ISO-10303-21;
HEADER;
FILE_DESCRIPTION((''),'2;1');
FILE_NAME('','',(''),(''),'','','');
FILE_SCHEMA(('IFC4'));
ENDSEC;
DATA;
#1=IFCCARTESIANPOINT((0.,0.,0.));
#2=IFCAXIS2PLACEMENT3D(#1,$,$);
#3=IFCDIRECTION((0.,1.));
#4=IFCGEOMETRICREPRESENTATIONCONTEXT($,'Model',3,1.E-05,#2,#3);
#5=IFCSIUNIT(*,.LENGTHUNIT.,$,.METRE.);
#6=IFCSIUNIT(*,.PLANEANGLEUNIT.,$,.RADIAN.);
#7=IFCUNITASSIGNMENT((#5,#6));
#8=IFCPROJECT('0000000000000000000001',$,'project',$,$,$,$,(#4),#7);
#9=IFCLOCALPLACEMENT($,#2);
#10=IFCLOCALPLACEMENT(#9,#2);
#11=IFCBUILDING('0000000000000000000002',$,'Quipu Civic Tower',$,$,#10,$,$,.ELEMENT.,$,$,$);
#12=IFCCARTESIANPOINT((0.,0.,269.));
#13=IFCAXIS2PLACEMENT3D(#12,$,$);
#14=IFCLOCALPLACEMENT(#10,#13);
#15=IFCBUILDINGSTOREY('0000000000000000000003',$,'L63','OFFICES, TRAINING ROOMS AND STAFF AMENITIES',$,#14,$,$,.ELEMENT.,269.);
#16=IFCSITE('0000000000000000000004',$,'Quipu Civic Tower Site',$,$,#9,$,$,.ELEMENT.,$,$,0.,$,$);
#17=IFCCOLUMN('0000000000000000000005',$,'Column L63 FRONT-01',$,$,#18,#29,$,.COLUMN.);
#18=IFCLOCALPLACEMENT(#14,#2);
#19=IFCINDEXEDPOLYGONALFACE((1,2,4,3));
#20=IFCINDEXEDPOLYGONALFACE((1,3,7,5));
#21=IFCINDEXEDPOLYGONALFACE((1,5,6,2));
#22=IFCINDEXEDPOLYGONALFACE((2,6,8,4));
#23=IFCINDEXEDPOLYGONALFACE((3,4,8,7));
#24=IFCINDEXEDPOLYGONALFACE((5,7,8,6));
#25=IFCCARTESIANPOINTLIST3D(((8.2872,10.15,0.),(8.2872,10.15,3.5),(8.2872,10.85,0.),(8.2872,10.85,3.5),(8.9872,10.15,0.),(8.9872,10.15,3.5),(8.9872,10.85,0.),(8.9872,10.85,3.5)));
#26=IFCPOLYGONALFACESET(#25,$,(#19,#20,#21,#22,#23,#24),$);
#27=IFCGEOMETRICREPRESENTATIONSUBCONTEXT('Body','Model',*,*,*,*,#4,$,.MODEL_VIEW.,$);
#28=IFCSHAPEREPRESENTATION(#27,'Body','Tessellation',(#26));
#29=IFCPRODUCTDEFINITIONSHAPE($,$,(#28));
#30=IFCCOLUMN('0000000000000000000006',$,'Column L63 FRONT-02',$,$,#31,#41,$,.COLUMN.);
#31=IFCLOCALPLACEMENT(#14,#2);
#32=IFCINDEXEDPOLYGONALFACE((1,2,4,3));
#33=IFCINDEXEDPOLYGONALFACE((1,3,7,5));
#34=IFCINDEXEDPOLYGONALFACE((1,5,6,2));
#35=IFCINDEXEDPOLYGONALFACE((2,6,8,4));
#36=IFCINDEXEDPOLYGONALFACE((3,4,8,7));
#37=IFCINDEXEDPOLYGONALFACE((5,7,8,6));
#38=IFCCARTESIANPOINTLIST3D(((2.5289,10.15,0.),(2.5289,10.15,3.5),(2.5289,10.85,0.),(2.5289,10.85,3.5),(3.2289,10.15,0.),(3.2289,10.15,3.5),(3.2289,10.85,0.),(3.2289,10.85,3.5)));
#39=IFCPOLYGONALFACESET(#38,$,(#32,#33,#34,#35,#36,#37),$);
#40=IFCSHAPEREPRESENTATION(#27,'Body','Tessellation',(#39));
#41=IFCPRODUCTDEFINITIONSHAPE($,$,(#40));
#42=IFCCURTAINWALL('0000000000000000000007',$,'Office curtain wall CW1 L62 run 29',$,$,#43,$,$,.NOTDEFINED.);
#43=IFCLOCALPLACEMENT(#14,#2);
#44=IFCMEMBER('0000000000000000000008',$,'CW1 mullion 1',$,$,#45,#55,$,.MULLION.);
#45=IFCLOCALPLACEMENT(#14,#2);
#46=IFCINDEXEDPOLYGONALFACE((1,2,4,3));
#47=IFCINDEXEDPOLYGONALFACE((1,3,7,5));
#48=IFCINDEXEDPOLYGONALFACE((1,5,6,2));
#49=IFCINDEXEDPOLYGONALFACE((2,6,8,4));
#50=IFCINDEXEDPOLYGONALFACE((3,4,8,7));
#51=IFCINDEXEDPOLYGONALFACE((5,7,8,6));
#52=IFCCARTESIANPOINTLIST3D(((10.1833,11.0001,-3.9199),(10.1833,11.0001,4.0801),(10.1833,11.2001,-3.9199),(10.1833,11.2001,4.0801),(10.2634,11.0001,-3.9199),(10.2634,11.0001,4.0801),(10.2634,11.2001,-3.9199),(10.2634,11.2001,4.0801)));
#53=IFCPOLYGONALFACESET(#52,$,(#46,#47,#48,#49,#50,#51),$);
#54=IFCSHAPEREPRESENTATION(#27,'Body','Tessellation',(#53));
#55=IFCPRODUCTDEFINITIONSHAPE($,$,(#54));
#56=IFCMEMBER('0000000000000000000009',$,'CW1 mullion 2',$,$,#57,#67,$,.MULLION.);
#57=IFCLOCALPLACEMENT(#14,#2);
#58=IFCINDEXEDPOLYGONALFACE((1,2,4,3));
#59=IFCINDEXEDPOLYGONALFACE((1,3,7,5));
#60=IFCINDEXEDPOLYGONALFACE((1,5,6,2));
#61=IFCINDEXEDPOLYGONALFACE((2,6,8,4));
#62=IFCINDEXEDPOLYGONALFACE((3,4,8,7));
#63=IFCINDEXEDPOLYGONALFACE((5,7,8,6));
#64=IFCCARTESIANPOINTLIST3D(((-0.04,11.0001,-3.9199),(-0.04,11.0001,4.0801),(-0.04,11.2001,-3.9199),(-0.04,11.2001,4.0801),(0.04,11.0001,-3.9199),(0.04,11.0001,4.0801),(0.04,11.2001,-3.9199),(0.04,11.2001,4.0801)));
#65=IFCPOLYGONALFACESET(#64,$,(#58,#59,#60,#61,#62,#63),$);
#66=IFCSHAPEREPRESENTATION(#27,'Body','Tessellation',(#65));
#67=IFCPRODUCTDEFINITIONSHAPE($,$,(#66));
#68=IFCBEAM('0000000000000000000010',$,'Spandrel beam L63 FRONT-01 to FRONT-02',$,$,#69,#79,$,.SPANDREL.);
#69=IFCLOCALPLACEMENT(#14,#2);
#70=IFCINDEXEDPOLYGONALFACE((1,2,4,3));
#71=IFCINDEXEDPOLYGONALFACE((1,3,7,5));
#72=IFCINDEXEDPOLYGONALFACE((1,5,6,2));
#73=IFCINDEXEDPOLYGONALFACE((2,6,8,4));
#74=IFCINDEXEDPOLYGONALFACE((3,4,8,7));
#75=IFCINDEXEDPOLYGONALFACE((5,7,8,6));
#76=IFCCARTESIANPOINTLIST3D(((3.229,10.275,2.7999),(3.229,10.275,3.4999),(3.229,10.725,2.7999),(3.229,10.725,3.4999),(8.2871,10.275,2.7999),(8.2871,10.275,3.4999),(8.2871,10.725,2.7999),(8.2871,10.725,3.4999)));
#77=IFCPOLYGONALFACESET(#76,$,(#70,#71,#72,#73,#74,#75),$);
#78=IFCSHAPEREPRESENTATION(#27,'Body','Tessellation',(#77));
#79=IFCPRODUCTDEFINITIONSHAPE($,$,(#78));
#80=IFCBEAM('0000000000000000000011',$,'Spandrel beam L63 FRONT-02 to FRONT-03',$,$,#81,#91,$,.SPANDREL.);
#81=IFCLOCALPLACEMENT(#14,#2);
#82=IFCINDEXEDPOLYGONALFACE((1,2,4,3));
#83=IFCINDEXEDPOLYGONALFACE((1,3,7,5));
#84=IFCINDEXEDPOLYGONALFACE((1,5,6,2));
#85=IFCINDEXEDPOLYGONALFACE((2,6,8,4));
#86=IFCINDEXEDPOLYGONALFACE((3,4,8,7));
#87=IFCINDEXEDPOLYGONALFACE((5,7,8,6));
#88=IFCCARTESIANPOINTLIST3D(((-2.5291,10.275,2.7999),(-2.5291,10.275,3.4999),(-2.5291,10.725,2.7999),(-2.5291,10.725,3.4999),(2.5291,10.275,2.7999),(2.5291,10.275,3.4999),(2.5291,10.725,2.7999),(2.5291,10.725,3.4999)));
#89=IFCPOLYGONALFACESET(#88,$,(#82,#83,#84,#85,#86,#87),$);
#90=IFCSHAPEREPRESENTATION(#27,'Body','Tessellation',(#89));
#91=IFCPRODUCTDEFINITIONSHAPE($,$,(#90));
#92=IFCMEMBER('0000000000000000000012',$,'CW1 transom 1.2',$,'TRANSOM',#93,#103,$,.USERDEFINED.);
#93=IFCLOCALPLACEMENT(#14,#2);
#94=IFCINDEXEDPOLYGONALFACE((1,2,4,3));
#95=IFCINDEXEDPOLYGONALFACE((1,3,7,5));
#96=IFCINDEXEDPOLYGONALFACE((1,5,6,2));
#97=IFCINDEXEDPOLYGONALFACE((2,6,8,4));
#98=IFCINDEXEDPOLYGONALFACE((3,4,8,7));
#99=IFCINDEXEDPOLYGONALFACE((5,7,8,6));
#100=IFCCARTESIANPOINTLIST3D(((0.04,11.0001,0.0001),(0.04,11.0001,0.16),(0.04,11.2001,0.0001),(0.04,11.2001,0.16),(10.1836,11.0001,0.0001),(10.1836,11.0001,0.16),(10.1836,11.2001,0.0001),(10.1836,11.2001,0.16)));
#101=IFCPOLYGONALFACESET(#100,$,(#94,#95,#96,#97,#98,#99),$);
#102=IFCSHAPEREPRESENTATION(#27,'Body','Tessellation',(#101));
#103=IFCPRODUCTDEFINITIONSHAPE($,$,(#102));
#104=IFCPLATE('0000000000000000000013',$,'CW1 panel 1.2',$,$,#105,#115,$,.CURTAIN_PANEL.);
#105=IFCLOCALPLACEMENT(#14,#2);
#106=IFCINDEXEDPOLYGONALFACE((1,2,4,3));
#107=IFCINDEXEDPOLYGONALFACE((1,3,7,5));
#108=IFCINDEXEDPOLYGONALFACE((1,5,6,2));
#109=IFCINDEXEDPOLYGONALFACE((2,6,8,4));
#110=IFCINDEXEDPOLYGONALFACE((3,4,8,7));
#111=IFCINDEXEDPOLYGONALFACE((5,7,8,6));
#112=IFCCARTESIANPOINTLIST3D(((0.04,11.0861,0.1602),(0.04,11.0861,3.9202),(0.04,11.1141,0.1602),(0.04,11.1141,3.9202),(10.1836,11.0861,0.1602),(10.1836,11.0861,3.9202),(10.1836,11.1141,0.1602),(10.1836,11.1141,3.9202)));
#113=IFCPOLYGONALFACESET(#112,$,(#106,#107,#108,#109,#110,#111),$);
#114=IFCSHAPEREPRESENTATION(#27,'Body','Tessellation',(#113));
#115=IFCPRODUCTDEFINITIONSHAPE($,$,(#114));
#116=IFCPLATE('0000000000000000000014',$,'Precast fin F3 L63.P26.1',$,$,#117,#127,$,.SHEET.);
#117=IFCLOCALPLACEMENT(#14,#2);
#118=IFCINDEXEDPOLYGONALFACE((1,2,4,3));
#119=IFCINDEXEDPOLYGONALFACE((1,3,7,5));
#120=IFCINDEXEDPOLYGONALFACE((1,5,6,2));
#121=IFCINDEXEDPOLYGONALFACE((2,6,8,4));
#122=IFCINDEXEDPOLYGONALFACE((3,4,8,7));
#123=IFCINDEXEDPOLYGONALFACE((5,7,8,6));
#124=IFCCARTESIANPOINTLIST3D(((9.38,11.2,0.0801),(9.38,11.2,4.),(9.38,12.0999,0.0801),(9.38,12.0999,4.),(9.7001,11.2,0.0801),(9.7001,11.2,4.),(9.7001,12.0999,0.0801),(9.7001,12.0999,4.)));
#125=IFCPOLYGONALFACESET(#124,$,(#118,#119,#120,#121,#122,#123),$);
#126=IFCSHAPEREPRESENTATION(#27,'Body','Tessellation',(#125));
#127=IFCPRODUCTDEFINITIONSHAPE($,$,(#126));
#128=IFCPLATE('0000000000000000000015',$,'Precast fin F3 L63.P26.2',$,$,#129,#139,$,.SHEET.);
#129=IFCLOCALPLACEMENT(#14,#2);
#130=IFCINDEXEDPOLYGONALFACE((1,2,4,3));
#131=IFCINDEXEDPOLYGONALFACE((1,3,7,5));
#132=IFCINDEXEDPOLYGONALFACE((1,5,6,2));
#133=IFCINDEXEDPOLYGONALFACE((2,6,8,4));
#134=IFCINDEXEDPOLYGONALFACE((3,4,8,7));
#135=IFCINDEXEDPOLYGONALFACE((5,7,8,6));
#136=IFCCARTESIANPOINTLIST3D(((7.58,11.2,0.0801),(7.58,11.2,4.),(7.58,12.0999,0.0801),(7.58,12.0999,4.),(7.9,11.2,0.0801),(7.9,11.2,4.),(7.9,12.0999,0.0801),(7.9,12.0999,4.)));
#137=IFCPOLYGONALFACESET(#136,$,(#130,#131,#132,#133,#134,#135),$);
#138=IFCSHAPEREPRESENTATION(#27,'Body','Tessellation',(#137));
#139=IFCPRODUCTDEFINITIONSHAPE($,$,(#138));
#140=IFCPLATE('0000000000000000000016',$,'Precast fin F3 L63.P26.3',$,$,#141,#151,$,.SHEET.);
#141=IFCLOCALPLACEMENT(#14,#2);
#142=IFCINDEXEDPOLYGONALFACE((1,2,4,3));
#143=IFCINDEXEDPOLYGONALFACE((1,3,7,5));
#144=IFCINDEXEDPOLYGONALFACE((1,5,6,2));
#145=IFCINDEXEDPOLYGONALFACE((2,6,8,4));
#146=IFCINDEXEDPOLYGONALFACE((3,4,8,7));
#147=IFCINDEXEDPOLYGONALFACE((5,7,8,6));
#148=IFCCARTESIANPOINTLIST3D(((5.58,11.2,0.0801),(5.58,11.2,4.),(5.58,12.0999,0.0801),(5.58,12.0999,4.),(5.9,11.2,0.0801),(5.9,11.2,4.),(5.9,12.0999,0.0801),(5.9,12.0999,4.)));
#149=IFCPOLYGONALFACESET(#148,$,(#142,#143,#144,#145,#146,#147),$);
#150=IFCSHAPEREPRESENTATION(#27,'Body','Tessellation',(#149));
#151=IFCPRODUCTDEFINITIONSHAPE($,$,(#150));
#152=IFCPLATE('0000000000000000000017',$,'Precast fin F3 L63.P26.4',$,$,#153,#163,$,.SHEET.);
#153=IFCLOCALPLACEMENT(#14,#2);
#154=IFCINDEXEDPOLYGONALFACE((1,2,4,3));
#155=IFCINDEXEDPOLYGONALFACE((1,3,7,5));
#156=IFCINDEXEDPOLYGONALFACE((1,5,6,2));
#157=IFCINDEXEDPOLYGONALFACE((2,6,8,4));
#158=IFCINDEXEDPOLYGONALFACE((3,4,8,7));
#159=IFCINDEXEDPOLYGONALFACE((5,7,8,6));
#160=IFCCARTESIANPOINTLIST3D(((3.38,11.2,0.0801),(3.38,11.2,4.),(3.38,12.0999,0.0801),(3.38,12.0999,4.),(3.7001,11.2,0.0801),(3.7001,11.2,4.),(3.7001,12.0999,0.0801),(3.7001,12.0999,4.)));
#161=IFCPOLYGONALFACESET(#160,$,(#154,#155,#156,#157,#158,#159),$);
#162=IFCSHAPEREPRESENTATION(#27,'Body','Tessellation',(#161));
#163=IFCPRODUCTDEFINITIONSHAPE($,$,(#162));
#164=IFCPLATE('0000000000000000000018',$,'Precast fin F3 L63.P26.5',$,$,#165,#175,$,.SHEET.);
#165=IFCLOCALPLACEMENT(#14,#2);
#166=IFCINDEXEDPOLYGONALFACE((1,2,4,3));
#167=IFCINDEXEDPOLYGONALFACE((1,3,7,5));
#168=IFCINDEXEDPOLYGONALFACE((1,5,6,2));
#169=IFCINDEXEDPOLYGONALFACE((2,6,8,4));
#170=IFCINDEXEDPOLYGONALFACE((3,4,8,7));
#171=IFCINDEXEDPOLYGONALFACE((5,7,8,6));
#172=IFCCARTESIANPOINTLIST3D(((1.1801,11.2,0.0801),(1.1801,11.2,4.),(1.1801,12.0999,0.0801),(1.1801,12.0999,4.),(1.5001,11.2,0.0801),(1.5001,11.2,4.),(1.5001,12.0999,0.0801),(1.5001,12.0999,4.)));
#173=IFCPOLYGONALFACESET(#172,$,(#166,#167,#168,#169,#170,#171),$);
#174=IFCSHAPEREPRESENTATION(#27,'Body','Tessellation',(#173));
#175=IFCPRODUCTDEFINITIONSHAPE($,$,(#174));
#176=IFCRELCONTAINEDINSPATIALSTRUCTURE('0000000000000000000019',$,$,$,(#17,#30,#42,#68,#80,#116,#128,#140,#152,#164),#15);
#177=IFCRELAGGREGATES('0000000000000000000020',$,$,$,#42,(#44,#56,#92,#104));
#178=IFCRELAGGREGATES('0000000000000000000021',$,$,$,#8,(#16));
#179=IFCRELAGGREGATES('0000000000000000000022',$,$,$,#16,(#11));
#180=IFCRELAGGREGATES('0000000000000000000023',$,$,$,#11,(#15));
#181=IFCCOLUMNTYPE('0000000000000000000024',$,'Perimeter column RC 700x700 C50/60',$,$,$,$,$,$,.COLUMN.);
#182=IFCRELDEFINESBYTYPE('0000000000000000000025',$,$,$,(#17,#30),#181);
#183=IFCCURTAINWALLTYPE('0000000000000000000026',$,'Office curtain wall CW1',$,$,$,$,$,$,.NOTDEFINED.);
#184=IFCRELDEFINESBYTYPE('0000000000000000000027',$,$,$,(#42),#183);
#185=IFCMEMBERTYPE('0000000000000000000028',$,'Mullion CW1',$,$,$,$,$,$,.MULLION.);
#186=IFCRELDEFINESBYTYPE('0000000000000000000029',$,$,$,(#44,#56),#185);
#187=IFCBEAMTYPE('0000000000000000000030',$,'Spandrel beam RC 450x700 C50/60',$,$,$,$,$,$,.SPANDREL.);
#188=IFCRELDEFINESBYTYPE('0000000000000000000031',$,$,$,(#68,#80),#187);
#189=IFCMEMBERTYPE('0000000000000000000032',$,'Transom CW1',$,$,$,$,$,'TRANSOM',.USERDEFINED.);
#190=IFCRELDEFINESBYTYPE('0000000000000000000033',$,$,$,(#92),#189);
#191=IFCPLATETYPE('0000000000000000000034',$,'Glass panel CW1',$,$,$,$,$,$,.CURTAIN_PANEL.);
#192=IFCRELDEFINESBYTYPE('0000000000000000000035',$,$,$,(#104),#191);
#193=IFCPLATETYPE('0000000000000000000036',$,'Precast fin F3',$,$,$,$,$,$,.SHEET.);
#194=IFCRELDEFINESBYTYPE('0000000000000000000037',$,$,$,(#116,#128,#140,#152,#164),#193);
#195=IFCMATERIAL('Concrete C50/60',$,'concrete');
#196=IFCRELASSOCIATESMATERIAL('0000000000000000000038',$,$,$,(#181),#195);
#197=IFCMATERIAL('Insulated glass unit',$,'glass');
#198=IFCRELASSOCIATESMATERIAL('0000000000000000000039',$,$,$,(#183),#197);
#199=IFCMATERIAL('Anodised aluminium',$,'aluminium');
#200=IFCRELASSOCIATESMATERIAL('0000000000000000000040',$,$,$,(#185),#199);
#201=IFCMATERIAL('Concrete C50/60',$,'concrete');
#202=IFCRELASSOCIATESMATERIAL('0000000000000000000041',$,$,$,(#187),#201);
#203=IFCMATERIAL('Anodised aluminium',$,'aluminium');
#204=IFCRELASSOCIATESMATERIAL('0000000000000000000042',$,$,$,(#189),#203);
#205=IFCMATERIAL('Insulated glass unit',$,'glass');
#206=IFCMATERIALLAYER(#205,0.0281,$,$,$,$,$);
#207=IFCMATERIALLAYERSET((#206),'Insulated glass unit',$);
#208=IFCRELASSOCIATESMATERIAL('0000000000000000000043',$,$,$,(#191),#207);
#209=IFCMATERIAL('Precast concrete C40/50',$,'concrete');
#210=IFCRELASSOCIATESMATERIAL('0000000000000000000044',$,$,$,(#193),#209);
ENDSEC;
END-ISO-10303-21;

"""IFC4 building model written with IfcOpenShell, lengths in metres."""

from ifc_helpers import new_model, si_unit, direction, frame, origin, origin_2d, place, context, subcontext, project, spatial, rectangle, extrude, material, layer, layer_set, material_profile, profile_set, type_object, element, aggregate, save


model = new_model("IFC4")

# Units and contexts
model_context = context("Model", 3, precision=1e-05, world=origin(), true_north=direction((0.0, 1.0)))
body_context = subcontext(model_context, "Body", "Model", "MODEL_VIEW")
ifc_project = project(units=[si_unit("LENGTHUNIT", "METRE"), si_unit("PLANEANGLEUNIT", "RADIAN")], contexts=[model_context])

# Site, building, storey
site_placement = place(None, origin())
site = spatial("IfcSite", under=ifc_project, at=site_placement, Name="Quipu Civic Tower Site", CompositionType="ELEMENT", RefElevation=0.0)
building_placement = place(site_placement, origin())
building = spatial("IfcBuilding", under=site, at=building_placement, Name="Quipu Civic Tower", CompositionType="ELEMENT")
storey_placement = place(building_placement, frame((0.0, 0.0, 269.0)))
storey = spatial("IfcBuildingStorey", under=building, at=storey_placement, Name="L63", Description="OFFICES, TRAINING ROOMS AND STAFF AMENITIES", CompositionType="ELEMENT", Elevation=269.0)

# Columns
ifc_material_1 = material(Name="Concrete C50/60", Category="concrete")
ifc_material_profile_1 = material_profile(ifc_material_1, rectangle(XDim=0.7, YDim=0.7, at=origin_2d()), Name="RC700x700")
ifc_profile_set_1 = profile_set([ifc_material_profile_1], Name="Concrete C50/60")
column_type = type_object("IfcColumnType", Name="Perimeter column RC 700x700 C50/60", PredefinedType="COLUMN", material=ifc_profile_set_1)
for number, where, z_axis, x_axis, name in (
    (1, (8.6372, 10.5, 0.0), (0.0, 0.0, 1.0), (-1.0, 0.0, 0.0), "Column L63 FRONT-01"),
    (2, (2.8789, 10.5, 0.0), (0.0, 0.0, 1.0), (-1.0, 0.0, 0.0), "Column L63 FRONT-02"),
):
    element("IfcColumn", number, at=place(storey_placement, frame(where, z_axis=z_axis, x_axis=x_axis)), inside=storey, type_object=column_type, Name=name, PredefinedType="COLUMN", context=body_context, shape_type="SweptSolid", body=[
        extrude(rectangle(XDim=0.7, YDim=0.7, at=origin_2d()), origin(), (0.0, 0.0, 1.0), 3.5),
    ])

# Curtain wall, members
ifc_material_2 = material(Name="Insulated glass unit", Category="glass")
curtain_wall_type = type_object("IfcCurtainWallType", Name="Office curtain wall CW1", PredefinedType="NOTDEFINED", material=ifc_material_2)
curtain_wall_placement = place(storey_placement, origin())
curtain_wall = element("IfcCurtainWall", 3, at=curtain_wall_placement, inside=storey, type_object=curtain_wall_type, Name="Office curtain wall CW1 L62 run 29", PredefinedType="NOTDEFINED")
ifc_material_3 = material(Name="Anodised aluminium", Category="aluminium")
ifc_material_profile_2 = material_profile(ifc_material_3, rectangle(XDim=0.2, YDim=0.0801, at=origin_2d()), Name="RECT 200x80")
ifc_profile_set_2 = profile_set([ifc_material_profile_2], Name="Anodised aluminium")
member_type_1 = type_object("IfcMemberType", Name="Mullion CW1", PredefinedType="MULLION", material=ifc_profile_set_2)
member_1_placement = place(storey_placement, frame((10.2234, 11.1001, -3.9199), z_axis=(0.0, 0.0, 1.0), x_axis=(0.0, -1.0, 0.0)))
member_1 = element("IfcMember", 4, at=member_1_placement, type_object=member_type_1, Name="CW1 mullion 1", PredefinedType="MULLION", context=body_context, shape_type="SweptSolid", body=[
    extrude(rectangle(XDim=0.2, YDim=0.0801, at=origin_2d()), origin(), (0.0, 0.0, 1.0), 8.0),
])
member_2_placement = place(storey_placement, frame((0.0, 11.1001, -3.9199), z_axis=(0.0, 0.0, 1.0), x_axis=(0.0, -1.0, 0.0)))
member_2 = element("IfcMember", 5, at=member_2_placement, type_object=member_type_1, Name="CW1 mullion 2", PredefinedType="MULLION", context=body_context, shape_type="SweptSolid", body=[
    extrude(rectangle(XDim=0.2, YDim=0.0801, at=origin_2d()), origin(), (0.0, 0.0, 1.0), 8.0),
])

# Beams
ifc_material_4 = material(Name="Concrete C50/60", Category="concrete")
ifc_material_profile_3 = material_profile(ifc_material_4, rectangle(XDim=0.45, YDim=0.7, at=origin_2d()), Name="RC450x700")
ifc_profile_set_3 = profile_set([ifc_material_profile_3], Name="Concrete C50/60")
beam_type = type_object("IfcBeamType", Name="Spandrel beam RC 450x700 C50/60", PredefinedType="SPANDREL", material=ifc_profile_set_3)
for number, where, z_axis, x_axis, name in (
    (6, (8.2871, 10.5, 3.1499), (-1.0, 0.0, 0.0), (0.0, -1.0, 0.0), "Spandrel beam L63 FRONT-01 to FRONT-02"),
    (7, (2.5291, 10.5, 3.1499), (-1.0, 0.0, 0.0), (0.0, -1.0, 0.0), "Spandrel beam L63 FRONT-02 to FRONT-03"),
):
    element("IfcBeam", number, at=place(storey_placement, frame(where, z_axis=z_axis, x_axis=x_axis)), inside=storey, type_object=beam_type, Name=name, PredefinedType="SPANDREL", context=body_context, shape_type="SweptSolid", body=[
        extrude(rectangle(XDim=0.45, YDim=0.7, at=origin_2d()), origin(), (0.0, 0.0, 1.0), 5.0581),
    ])

# Member
ifc_material_5 = material(Name="Anodised aluminium", Category="aluminium")
ifc_material_profile_4 = material_profile(ifc_material_5, rectangle(XDim=0.2, YDim=0.1599, at=origin_2d()), Name="RECT 200x160")
ifc_profile_set_4 = profile_set([ifc_material_profile_4], Name="Anodised aluminium")
member_type_2 = type_object("IfcMemberType", Name="Transom CW1", ElementType="TRANSOM", PredefinedType="USERDEFINED", material=ifc_profile_set_4)
member_3_placement = place(storey_placement, frame((10.1836, 11.1001, 0.0801), z_axis=(-1.0, 0.0, 0.0), x_axis=(0.0, -1.0, 0.0)))
member_3 = element("IfcMember", 8, at=member_3_placement, type_object=member_type_2, Name="CW1 transom 1.2", ObjectType="TRANSOM", PredefinedType="USERDEFINED", context=body_context, shape_type="SweptSolid", body=[
    extrude(rectangle(XDim=0.2, YDim=0.1599, at=origin_2d()), origin(), (0.0, 0.0, 1.0), 10.1436),
])

# Plate
ifc_material_6 = material(Name="Insulated glass unit", Category="glass")
ifc_layer_1 = layer(ifc_material_6, 0.0281)
ifc_layer_set_1 = layer_set([ifc_layer_1], Name="Insulated glass unit")
plate_type_1 = type_object("IfcPlateType", Name="Glass panel CW1", PredefinedType="CURTAIN_PANEL", material=ifc_layer_set_1)
plate_placement = place(storey_placement, frame((5.1118, 11.1001, 0.1602), z_axis=(0.0, 0.0, 1.0), x_axis=(-1.0, 0.0, 0.0)))
plate = element("IfcPlate", 9, at=plate_placement, type_object=plate_type_1, Name="CW1 panel 1.2", PredefinedType="CURTAIN_PANEL", context=body_context, shape_type="SweptSolid", body=[
    extrude(rectangle(XDim=10.1436, YDim=0.0281, at=origin_2d()), origin(), (0.0, 0.0, 1.0), 3.76),
])
aggregate(curtain_wall, [member_1, member_2, member_3, plate])

# Plates
ifc_material_7 = material(Name="Precast concrete C40/50", Category="concrete")
plate_type_2 = type_object("IfcPlateType", Name="Precast fin F3", PredefinedType="SHEET", material=ifc_material_7)
for number, where, z_axis, x_axis, name in (
    (10, (9.54, 11.6499, 0.0801), (0.0, 0.0, 1.0), (-1.0, 0.0, 0.0), "Precast fin F3 L63.P26.1"),
    (11, (7.74, 11.6499, 0.0801), (0.0, 0.0, 1.0), (-1.0, 0.0, 0.0), "Precast fin F3 L63.P26.2"),
    (12, (5.74, 11.6499, 0.0801), (0.0, 0.0, 1.0), (-1.0, 0.0, 0.0), "Precast fin F3 L63.P26.3"),
    (13, (3.54, 11.6499, 0.0801), (0.0, 0.0, 1.0), (-1.0, 0.0, 0.0), "Precast fin F3 L63.P26.4"),
    (14, (1.3401, 11.6499, 0.0801), (0.0, 0.0, 1.0), (-1.0, 0.0, 0.0), "Precast fin F3 L63.P26.5"),
):
    element("IfcPlate", number, at=place(storey_placement, frame(where, z_axis=z_axis, x_axis=x_axis)), inside=storey, type_object=plate_type_2, Name=name, PredefinedType="SHEET", context=body_context, shape_type="SweptSolid", body=[
        extrude(rectangle(XDim=0.3201, YDim=0.8999, at=origin_2d()), origin(), (0.0, 0.0, 1.0), 3.9199),
    ])

save(model, "model.ifc")
